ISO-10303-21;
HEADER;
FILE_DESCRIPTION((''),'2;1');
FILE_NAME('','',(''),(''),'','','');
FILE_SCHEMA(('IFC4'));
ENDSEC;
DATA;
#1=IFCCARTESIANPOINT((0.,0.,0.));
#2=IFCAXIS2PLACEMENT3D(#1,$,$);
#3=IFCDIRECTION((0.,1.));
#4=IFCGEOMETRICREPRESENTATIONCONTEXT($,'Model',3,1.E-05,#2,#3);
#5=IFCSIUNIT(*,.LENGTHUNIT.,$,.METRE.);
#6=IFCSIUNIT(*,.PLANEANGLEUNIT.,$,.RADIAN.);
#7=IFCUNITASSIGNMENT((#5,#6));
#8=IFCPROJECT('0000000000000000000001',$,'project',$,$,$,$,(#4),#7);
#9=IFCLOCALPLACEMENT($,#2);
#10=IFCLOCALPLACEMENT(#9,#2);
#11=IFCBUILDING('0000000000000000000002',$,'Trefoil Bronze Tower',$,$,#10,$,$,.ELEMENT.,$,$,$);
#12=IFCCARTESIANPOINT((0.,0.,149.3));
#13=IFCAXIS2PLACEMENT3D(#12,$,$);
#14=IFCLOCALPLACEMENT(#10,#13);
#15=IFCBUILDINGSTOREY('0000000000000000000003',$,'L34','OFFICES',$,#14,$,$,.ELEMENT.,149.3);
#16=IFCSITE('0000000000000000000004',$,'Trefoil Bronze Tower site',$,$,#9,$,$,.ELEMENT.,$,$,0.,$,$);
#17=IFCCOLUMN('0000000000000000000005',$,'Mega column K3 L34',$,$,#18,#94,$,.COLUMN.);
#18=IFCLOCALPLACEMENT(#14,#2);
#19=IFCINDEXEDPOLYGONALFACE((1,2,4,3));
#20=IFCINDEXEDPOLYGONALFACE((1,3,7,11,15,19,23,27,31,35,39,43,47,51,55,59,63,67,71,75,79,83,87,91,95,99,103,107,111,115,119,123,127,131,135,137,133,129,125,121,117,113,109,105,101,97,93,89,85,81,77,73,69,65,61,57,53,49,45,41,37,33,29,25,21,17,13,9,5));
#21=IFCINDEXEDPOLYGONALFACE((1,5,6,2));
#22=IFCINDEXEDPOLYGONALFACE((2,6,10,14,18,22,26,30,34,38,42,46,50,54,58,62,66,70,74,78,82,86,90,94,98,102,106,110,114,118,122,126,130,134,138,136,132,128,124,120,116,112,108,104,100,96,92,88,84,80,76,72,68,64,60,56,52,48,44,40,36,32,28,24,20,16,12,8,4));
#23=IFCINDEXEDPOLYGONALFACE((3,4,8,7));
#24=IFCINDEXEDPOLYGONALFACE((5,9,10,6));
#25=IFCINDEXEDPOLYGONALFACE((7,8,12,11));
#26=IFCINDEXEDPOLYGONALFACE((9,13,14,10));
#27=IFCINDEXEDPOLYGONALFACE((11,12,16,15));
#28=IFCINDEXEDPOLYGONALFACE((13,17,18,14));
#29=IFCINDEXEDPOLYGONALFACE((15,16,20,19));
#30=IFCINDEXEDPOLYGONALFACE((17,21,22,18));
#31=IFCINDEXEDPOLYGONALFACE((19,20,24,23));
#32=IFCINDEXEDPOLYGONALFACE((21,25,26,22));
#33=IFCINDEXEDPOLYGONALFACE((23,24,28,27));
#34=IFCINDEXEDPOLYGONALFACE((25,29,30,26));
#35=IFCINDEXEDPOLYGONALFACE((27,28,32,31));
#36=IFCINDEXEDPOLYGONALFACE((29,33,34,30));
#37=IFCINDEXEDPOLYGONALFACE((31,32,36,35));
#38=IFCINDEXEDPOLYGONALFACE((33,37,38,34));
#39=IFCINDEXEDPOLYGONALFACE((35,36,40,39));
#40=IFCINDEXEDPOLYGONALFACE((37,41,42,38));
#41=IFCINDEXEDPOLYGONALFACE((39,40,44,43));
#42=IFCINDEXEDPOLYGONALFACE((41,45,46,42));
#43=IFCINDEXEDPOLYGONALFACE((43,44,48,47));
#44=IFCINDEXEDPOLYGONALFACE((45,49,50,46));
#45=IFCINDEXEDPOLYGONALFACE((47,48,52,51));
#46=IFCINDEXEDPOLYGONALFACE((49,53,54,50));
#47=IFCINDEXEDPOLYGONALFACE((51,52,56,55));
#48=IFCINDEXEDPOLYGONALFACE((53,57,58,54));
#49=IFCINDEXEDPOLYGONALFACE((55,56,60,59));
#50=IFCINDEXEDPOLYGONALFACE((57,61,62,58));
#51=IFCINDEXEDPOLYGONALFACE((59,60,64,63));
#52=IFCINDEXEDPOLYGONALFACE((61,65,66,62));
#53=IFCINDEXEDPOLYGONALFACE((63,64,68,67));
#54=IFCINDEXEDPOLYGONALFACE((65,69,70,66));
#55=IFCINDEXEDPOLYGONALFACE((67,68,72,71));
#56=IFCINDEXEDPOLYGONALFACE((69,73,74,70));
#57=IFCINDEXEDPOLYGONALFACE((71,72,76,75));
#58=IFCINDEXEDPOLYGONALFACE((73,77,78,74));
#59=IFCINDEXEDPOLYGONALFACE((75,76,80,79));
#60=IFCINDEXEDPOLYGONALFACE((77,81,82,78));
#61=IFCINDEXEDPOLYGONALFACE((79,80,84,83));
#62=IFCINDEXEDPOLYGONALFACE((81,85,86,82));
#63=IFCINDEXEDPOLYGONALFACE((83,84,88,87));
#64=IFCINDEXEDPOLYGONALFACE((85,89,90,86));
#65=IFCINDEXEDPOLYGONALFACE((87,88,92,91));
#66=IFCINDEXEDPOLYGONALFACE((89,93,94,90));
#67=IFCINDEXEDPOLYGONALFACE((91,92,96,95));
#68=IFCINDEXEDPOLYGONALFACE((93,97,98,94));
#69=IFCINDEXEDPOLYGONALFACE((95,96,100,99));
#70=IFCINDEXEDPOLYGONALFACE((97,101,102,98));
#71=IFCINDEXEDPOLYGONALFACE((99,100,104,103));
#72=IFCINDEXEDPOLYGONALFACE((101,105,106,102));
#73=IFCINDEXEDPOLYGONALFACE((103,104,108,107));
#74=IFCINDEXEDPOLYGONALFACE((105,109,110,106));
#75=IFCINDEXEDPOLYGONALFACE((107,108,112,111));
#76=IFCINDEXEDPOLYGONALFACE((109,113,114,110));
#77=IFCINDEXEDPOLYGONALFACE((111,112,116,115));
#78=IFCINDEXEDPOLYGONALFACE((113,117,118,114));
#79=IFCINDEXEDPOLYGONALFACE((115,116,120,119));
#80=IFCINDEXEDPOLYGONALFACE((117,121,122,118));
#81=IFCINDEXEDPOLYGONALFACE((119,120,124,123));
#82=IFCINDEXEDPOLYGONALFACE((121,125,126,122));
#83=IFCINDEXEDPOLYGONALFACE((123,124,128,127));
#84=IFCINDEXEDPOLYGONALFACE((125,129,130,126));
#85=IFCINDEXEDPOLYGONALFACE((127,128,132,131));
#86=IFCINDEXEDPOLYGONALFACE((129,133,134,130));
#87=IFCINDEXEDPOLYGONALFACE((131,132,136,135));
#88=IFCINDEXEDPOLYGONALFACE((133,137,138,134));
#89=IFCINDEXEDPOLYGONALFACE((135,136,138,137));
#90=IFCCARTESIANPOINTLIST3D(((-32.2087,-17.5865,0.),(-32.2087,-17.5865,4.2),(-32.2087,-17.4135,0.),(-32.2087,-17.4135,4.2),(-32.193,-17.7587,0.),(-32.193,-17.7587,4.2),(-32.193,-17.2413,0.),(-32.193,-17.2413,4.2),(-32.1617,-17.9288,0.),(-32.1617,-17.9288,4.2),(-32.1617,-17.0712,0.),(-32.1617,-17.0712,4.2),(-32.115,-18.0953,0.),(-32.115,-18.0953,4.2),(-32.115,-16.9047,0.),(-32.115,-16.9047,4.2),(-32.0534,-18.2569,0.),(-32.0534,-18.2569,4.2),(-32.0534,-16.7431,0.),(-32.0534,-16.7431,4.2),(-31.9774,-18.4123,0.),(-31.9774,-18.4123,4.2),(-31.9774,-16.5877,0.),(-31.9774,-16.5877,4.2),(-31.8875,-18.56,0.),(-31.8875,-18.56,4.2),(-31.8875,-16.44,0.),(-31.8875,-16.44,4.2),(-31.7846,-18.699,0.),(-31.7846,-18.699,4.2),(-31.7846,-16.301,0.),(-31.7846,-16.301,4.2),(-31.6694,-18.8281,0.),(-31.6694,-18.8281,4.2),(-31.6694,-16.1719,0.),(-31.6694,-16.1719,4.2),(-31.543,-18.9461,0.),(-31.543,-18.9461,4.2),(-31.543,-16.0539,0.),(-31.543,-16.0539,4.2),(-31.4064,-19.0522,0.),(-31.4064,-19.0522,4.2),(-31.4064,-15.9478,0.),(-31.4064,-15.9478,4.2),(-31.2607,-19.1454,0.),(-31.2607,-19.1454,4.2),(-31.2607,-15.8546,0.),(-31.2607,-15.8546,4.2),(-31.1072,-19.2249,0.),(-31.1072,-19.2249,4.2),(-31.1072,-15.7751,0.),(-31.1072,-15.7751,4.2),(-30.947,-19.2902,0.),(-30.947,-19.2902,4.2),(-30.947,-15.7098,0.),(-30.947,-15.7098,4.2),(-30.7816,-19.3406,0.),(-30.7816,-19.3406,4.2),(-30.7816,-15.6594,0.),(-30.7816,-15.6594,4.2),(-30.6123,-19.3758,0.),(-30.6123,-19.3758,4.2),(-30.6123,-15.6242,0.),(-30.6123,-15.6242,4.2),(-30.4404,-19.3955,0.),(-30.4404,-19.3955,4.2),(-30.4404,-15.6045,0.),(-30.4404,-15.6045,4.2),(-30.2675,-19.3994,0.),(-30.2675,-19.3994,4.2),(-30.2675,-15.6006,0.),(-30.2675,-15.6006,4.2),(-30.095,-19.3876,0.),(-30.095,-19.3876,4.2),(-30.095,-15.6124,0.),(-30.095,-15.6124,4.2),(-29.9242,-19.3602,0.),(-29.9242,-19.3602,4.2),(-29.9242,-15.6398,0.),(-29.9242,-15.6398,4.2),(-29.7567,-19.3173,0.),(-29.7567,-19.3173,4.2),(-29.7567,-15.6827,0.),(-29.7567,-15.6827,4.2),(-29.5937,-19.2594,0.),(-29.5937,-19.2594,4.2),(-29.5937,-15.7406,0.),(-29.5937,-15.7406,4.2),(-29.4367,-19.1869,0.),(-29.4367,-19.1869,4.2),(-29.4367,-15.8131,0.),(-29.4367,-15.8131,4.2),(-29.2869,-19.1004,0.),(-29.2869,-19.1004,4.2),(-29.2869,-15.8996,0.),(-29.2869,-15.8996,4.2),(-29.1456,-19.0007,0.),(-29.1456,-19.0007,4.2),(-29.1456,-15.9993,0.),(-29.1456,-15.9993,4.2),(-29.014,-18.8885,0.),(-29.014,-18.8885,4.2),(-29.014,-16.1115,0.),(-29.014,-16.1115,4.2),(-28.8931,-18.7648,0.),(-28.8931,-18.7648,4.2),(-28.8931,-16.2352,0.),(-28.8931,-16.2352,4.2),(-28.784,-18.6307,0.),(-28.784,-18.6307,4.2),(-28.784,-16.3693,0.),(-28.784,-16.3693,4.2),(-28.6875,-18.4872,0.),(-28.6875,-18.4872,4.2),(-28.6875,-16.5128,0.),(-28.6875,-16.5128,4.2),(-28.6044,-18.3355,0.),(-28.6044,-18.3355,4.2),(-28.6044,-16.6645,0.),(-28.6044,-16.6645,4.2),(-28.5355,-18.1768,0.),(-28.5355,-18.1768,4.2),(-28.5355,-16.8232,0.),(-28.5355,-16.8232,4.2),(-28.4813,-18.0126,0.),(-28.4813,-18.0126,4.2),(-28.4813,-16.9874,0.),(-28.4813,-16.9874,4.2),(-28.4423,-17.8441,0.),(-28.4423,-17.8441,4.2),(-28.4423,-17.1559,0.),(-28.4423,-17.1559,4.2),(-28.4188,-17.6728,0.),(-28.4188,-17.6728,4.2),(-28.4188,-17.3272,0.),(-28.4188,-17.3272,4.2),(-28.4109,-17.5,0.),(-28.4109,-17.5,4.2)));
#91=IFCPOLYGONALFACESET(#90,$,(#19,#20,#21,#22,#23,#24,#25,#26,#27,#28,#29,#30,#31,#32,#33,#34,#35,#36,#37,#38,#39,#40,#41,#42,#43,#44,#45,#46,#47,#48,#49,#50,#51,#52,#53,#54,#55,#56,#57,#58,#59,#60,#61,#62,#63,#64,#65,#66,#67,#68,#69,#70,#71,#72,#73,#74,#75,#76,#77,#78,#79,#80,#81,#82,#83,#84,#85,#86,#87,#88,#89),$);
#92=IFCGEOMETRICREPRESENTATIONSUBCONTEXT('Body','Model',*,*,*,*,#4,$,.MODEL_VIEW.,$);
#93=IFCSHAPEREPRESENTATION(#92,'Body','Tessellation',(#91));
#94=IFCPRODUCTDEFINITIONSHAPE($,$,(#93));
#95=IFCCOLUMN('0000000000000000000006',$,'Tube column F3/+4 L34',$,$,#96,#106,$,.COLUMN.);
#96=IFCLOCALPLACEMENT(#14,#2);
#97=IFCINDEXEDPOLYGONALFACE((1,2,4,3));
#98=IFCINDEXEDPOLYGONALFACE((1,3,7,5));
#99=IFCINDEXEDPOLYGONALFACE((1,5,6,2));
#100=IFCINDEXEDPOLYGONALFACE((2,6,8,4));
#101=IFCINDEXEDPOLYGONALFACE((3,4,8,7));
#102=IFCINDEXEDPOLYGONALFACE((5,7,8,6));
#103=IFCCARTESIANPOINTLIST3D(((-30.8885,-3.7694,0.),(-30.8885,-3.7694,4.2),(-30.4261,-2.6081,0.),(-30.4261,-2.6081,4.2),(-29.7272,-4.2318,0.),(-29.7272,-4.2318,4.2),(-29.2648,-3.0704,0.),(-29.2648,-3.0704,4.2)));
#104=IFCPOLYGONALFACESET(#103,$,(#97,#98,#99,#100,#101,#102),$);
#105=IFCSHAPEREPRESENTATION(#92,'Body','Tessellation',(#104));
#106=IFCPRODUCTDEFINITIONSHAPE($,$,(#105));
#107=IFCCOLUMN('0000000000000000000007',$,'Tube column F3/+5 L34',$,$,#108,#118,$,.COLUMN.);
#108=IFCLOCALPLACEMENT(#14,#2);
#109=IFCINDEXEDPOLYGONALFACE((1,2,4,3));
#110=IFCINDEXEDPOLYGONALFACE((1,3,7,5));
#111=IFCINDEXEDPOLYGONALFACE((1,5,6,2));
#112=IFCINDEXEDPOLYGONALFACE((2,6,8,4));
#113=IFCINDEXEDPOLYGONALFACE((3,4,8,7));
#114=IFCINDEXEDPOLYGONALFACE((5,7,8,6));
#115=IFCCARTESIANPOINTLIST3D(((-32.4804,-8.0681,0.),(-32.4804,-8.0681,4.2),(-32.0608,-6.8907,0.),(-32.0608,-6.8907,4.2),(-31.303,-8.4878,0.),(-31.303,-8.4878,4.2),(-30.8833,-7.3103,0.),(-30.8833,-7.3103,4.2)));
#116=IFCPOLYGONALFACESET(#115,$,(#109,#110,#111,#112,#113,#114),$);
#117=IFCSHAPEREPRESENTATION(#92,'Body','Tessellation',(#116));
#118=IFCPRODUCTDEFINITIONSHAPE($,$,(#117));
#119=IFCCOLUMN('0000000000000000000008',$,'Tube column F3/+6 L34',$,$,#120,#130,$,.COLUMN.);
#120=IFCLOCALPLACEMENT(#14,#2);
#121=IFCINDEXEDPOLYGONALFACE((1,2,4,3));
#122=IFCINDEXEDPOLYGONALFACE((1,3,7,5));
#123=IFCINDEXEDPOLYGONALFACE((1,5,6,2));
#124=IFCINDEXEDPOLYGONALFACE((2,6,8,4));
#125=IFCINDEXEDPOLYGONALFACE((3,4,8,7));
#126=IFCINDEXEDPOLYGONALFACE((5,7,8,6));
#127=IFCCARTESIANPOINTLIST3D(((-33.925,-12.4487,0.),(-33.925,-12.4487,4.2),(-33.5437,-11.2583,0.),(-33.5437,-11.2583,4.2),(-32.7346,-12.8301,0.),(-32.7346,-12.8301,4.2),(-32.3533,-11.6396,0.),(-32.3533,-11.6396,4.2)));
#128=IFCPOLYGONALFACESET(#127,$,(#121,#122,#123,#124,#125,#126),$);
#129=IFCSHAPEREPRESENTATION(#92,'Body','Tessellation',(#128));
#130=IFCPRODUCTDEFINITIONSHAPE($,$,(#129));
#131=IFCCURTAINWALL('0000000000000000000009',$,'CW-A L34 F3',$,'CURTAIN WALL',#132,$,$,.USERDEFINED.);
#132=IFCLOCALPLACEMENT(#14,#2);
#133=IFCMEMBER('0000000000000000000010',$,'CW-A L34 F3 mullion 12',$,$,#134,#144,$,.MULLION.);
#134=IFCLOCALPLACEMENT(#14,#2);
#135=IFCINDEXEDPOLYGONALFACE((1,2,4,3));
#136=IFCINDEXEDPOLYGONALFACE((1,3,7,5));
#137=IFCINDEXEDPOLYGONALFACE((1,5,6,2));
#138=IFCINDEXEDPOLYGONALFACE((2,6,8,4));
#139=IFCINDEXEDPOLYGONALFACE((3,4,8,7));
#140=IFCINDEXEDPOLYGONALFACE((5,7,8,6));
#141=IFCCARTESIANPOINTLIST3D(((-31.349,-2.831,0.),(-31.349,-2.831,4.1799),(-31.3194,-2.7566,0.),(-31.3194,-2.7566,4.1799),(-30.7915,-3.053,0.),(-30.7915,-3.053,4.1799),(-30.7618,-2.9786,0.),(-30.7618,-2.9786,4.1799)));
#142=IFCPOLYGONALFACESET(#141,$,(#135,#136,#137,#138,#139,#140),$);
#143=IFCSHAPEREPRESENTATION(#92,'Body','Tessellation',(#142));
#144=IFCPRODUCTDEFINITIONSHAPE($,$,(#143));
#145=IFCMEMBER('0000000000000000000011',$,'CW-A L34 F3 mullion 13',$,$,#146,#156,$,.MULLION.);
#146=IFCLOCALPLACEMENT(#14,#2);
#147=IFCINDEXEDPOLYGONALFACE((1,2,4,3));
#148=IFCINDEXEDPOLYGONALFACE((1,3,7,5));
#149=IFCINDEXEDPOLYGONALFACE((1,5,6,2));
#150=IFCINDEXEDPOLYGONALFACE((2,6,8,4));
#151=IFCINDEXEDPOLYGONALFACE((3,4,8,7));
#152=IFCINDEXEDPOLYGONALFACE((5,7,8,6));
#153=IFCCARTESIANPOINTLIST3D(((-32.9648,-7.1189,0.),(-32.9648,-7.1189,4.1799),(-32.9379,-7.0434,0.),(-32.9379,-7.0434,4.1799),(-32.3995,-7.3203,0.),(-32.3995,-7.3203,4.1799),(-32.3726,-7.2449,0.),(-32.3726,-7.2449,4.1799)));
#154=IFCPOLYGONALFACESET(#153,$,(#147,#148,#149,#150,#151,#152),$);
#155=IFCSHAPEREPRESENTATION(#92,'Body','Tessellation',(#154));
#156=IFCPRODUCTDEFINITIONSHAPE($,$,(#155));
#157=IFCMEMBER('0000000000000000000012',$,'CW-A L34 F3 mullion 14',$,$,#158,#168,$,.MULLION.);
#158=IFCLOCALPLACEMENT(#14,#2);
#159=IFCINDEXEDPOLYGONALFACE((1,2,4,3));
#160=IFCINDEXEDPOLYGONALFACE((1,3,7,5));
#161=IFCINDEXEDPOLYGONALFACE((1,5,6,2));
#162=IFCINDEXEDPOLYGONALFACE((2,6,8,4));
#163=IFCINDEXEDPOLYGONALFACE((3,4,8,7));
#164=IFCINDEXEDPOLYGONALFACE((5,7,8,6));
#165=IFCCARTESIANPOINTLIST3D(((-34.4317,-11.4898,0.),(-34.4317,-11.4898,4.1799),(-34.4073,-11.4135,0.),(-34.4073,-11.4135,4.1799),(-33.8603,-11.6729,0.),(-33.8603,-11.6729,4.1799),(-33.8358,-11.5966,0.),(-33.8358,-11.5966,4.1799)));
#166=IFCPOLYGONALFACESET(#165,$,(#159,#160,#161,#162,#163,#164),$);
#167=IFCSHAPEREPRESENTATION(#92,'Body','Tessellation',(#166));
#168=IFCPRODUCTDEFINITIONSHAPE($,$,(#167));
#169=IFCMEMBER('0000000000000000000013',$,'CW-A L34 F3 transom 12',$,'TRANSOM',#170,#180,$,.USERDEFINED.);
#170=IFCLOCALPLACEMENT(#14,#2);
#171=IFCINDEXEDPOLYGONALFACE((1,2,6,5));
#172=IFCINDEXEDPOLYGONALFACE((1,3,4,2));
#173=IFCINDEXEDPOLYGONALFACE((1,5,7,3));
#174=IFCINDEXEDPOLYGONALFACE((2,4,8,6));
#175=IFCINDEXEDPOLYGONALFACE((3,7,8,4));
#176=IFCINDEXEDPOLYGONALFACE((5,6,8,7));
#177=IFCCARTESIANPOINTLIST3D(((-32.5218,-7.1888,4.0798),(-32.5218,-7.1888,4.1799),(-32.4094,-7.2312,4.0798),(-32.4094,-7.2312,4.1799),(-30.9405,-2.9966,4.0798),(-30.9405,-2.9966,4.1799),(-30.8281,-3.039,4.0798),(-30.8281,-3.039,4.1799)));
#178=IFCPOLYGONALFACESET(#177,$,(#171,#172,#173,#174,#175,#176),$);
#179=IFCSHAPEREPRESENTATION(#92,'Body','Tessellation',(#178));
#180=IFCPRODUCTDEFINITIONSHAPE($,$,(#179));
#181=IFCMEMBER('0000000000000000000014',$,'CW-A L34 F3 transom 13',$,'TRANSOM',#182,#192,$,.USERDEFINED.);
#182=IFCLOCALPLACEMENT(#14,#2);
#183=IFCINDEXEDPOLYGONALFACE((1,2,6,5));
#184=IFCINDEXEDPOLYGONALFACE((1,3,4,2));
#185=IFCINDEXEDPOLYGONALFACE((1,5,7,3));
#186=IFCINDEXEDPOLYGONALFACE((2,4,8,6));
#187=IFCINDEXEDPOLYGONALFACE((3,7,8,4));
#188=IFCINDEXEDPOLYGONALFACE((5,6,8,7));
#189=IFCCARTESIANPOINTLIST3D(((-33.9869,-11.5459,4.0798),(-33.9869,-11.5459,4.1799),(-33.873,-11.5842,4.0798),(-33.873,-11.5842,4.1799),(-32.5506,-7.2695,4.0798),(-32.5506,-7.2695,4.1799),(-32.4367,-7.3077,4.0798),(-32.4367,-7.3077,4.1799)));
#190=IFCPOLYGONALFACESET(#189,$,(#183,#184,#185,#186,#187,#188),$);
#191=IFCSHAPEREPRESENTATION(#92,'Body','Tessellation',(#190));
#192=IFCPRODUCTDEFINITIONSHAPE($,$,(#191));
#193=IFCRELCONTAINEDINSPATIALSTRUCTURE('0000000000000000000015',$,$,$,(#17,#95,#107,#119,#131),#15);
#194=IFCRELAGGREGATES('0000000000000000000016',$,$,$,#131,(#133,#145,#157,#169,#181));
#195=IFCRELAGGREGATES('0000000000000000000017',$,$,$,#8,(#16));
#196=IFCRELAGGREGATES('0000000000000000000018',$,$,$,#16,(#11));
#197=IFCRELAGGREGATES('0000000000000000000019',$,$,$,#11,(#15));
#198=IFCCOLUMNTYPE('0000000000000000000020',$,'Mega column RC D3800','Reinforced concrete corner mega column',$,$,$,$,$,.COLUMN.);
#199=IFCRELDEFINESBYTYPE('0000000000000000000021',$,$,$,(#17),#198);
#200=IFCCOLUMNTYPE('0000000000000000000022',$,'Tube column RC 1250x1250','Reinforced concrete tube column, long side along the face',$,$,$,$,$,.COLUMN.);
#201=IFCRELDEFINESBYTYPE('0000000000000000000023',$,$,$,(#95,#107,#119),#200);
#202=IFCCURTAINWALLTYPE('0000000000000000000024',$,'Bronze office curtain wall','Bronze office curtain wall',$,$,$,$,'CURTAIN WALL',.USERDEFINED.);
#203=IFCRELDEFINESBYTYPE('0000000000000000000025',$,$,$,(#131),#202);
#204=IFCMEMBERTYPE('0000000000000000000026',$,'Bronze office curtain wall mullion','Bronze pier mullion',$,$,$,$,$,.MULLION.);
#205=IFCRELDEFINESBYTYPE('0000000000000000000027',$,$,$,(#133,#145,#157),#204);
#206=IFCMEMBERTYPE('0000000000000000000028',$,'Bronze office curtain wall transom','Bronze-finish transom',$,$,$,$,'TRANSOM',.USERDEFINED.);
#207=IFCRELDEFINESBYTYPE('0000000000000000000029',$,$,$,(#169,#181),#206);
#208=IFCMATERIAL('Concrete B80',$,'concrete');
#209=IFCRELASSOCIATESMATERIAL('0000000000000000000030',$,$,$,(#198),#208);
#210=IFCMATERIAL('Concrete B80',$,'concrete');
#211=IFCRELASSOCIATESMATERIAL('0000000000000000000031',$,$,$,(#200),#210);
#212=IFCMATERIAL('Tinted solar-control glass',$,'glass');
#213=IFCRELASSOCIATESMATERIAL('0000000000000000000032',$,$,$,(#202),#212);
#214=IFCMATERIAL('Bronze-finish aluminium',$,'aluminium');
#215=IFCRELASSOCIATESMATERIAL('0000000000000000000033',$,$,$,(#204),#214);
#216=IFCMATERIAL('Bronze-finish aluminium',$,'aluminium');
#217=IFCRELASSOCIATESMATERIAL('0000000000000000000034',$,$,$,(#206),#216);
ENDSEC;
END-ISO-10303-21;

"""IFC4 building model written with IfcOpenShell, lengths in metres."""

from ifc_helpers import new_model, si_unit, direction, frame, origin, origin_2d, place, context, subcontext, project, spatial, rectangle, circle, extrude, material, material_profile, profile_set, type_object, element, aggregate, save


model = new_model("IFC4")

# Units and contexts
model_context = context("Model", 3, precision=1e-05, world=origin(), true_north=direction((0.0, 1.0)))
body_context = subcontext(model_context, "Body", "Model", "MODEL_VIEW")
ifc_project = project(units=[si_unit("LENGTHUNIT", "METRE"), si_unit("PLANEANGLEUNIT", "RADIAN")], contexts=[model_context])

# Site, building, storey
site_placement = place(None, origin())
site = spatial("IfcSite", under=ifc_project, at=site_placement, Name="Trefoil Bronze Tower site", CompositionType="ELEMENT", RefElevation=0.0)
building_placement = place(site_placement, origin())
building = spatial("IfcBuilding", under=site, at=building_placement, Name="Trefoil Bronze Tower", CompositionType="ELEMENT")
storey_placement = place(building_placement, frame((0.0, 0.0, 149.3)))
storey = spatial("IfcBuildingStorey", under=building, at=storey_placement, Name="L34", Description="OFFICES", CompositionType="ELEMENT", Elevation=149.3)

# Columns
ifc_material_1 = material(Name="Concrete B80", Category="concrete")
ifc_material_profile_1 = material_profile(ifc_material_1, circle(Radius=1.8999, at=origin_2d()), Name="RC D3800")
ifc_profile_set_1 = profile_set([ifc_material_profile_1], Name="Concrete B80")
column_type_1 = type_object("IfcColumnType", Name="Mega column RC D3800", Description="Reinforced concrete corner mega column", PredefinedType="COLUMN", material=ifc_profile_set_1)
column_placement = place(storey_placement, frame((-30.3108, -17.5, 0.0), z_axis=(0.0, 0.0, 1.0), x_axis=(1.0, 0.0, 0.0)))
element("IfcColumn", 1, at=column_placement, inside=storey, type_object=column_type_1, Name="Mega column K3 L34", PredefinedType="COLUMN", context=body_context, shape_type="SweptSolid", body=[
    extrude(circle(Radius=1.8999, at=origin_2d()), origin(), (0.0, 0.0, 1.0), 4.2),
])
ifc_material_2 = material(Name="Concrete B80", Category="concrete")
ifc_material_profile_2 = material_profile(ifc_material_2, rectangle(XDim=1.25, YDim=1.25, at=origin_2d()), Name="RC 1250x1250")
ifc_profile_set_2 = profile_set([ifc_material_profile_2], Name="Concrete B80")
column_type_2 = type_object("IfcColumnType", Name="Tube column RC 1250x1250", Description="Reinforced concrete tube column, long side along the face", PredefinedType="COLUMN", material=ifc_profile_set_2)
for number, where, z_axis, x_axis, name in (
    (2, (-30.0767, -3.4199, 0.0), (0.0, 0.0, 1.0), (-0.369901, -0.929071, 0.0), "Tube column F3/+4 L34"),
    (3, (-31.6819, -7.6892, 0.0), (0.0, 0.0, 1.0), (-0.335718, -0.941963, 0.0), "Tube column F3/+5 L34"),
    (4, (-33.1392, -12.0442, 0.0), (0.0, 0.0, 1.0), (-0.305066, -0.952331, 0.0), "Tube column F3/+6 L34"),
):
    element("IfcColumn", number, at=place(storey_placement, frame(where, z_axis=z_axis, x_axis=x_axis)), inside=storey, type_object=column_type_2, Name=name, PredefinedType="COLUMN", context=body_context, shape_type="SweptSolid", body=[
        extrude(rectangle(XDim=1.25, YDim=1.25, at=origin_2d()), origin(), (0.0, 0.0, 1.0), 4.2),
    ])

# Curtain wall, members
ifc_material_3 = material(Name="Tinted solar-control glass", Category="glass")
curtain_wall_type_1 = type_object("IfcCurtainWallType", Name="Bronze office curtain wall", Description="Bronze office curtain wall", ElementType="CURTAIN WALL", PredefinedType="USERDEFINED", material=ifc_material_3)
curtain_wall_1_placement = place(storey_placement, origin())
curtain_wall_1 = element("IfcCurtainWall", 5, at=curtain_wall_1_placement, inside=storey, type_object=curtain_wall_type_1, Name="CW-A L34 F3", ObjectType="CURTAIN WALL", PredefinedType="USERDEFINED")
ifc_material_4 = material(Name="Bronze-finish aluminium", Category="aluminium")
ifc_material_profile_3 = material_profile(ifc_material_4, rectangle(XDim=0.6001, YDim=0.0801, at=origin_2d()), Name="CW-A mullion")
ifc_profile_set_3 = profile_set([ifc_material_profile_3], Name="Bronze-finish aluminium")
member_type_1 = type_object("IfcMemberType", Name="Bronze office curtain wall mullion", Description="Bronze pier mullion", PredefinedType="MULLION", material=ifc_profile_set_3)
member_1_placement = place(storey_placement, frame((-31.0554, -2.9048, 0.0), z_axis=(0.0, 0.0, 1.0), x_axis=(0.929071, -0.369901, 0.0)))
member_1 = element("IfcMember", 6, at=member_1_placement, type_object=member_type_1, Name="CW-A L34 F3 mullion 12", PredefinedType="MULLION", context=body_context, shape_type="SweptSolid", body=[
    extrude(rectangle(XDim=0.6001, YDim=0.0801, at=origin_2d()), origin(), (0.0, 0.0, 1.0), 4.1799),
])
member_2_placement = place(storey_placement, frame((-32.6687, -7.1819, 0.0), z_axis=(0.0, 0.0, 1.0), x_axis=(0.941963, -0.335718, 0.0)))
member_2 = element("IfcMember", 7, at=member_2_placement, type_object=member_type_1, Name="CW-A L34 F3 mullion 13", PredefinedType="MULLION", context=body_context, shape_type="SweptSolid", body=[
    extrude(rectangle(XDim=0.6001, YDim=0.0801, at=origin_2d()), origin(), (0.0, 0.0, 1.0), 4.1799),
])
member_3_placement = place(storey_placement, frame((-34.1338, -11.5432, 0.0), z_axis=(0.0, 0.0, 1.0), x_axis=(0.952331, -0.305066, 0.0)))
member_3 = element("IfcMember", 8, at=member_3_placement, type_object=member_type_1, Name="CW-A L34 F3 mullion 14", PredefinedType="MULLION", context=body_context, shape_type="SweptSolid", body=[
    extrude(rectangle(XDim=0.6001, YDim=0.0801, at=origin_2d()), origin(), (0.0, 0.0, 1.0), 4.1799),
])
ifc_material_5 = material(Name="Bronze-finish aluminium", Category="aluminium")
ifc_material_profile_4 = material_profile(ifc_material_5, rectangle(XDim=0.1201, YDim=0.1001, at=origin_2d()), Name="CW-A transom")
ifc_profile_set_4 = profile_set([ifc_material_profile_4], Name="Bronze-finish aluminium")
member_type_2 = type_object("IfcMemberType", Name="Bronze office curtain wall transom", Description="Bronze-finish transom", ElementType="TRANSOM", PredefinedType="USERDEFINED", material=ifc_profile_set_4)
member_4_placement = place(storey_placement, frame((-30.8843, -3.0178, 4.1299), z_axis=(-0.352932, -0.935649, 0.0), x_axis=(0.935649, -0.352932, 0.0)))
member_4 = element("IfcMember", 9, at=member_4_placement, type_object=member_type_2, Name="CW-A L34 F3 transom 12", ObjectType="TRANSOM", PredefinedType="USERDEFINED", context=body_context, shape_type="SweptSolid", body=[
    extrude(rectangle(XDim=0.1201, YDim=0.1001, at=origin_2d()), origin(), (0.0, 0.0, 1.0), 4.4805),
])
member_5_placement = place(storey_placement, frame((-32.4937, -7.2886, 4.1299), z_axis=(-0.318386, -0.947961, 0.0), x_axis=(0.947961, -0.318386, 0.0)))
member_5 = element("IfcMember", 10, at=member_5_placement, type_object=member_type_2, Name="CW-A L34 F3 transom 13", ObjectType="TRANSOM", PredefinedType="USERDEFINED", context=body_context, shape_type="SweptSolid", body=[
    extrude(rectangle(XDim=0.1201, YDim=0.1001, at=origin_2d()), origin(), (0.0, 0.0, 1.0), 4.5112),
])

aggregate(curtain_wall_1, [member_1, member_2, member_3, member_4, member_5])

save(model, "model.ifc")
